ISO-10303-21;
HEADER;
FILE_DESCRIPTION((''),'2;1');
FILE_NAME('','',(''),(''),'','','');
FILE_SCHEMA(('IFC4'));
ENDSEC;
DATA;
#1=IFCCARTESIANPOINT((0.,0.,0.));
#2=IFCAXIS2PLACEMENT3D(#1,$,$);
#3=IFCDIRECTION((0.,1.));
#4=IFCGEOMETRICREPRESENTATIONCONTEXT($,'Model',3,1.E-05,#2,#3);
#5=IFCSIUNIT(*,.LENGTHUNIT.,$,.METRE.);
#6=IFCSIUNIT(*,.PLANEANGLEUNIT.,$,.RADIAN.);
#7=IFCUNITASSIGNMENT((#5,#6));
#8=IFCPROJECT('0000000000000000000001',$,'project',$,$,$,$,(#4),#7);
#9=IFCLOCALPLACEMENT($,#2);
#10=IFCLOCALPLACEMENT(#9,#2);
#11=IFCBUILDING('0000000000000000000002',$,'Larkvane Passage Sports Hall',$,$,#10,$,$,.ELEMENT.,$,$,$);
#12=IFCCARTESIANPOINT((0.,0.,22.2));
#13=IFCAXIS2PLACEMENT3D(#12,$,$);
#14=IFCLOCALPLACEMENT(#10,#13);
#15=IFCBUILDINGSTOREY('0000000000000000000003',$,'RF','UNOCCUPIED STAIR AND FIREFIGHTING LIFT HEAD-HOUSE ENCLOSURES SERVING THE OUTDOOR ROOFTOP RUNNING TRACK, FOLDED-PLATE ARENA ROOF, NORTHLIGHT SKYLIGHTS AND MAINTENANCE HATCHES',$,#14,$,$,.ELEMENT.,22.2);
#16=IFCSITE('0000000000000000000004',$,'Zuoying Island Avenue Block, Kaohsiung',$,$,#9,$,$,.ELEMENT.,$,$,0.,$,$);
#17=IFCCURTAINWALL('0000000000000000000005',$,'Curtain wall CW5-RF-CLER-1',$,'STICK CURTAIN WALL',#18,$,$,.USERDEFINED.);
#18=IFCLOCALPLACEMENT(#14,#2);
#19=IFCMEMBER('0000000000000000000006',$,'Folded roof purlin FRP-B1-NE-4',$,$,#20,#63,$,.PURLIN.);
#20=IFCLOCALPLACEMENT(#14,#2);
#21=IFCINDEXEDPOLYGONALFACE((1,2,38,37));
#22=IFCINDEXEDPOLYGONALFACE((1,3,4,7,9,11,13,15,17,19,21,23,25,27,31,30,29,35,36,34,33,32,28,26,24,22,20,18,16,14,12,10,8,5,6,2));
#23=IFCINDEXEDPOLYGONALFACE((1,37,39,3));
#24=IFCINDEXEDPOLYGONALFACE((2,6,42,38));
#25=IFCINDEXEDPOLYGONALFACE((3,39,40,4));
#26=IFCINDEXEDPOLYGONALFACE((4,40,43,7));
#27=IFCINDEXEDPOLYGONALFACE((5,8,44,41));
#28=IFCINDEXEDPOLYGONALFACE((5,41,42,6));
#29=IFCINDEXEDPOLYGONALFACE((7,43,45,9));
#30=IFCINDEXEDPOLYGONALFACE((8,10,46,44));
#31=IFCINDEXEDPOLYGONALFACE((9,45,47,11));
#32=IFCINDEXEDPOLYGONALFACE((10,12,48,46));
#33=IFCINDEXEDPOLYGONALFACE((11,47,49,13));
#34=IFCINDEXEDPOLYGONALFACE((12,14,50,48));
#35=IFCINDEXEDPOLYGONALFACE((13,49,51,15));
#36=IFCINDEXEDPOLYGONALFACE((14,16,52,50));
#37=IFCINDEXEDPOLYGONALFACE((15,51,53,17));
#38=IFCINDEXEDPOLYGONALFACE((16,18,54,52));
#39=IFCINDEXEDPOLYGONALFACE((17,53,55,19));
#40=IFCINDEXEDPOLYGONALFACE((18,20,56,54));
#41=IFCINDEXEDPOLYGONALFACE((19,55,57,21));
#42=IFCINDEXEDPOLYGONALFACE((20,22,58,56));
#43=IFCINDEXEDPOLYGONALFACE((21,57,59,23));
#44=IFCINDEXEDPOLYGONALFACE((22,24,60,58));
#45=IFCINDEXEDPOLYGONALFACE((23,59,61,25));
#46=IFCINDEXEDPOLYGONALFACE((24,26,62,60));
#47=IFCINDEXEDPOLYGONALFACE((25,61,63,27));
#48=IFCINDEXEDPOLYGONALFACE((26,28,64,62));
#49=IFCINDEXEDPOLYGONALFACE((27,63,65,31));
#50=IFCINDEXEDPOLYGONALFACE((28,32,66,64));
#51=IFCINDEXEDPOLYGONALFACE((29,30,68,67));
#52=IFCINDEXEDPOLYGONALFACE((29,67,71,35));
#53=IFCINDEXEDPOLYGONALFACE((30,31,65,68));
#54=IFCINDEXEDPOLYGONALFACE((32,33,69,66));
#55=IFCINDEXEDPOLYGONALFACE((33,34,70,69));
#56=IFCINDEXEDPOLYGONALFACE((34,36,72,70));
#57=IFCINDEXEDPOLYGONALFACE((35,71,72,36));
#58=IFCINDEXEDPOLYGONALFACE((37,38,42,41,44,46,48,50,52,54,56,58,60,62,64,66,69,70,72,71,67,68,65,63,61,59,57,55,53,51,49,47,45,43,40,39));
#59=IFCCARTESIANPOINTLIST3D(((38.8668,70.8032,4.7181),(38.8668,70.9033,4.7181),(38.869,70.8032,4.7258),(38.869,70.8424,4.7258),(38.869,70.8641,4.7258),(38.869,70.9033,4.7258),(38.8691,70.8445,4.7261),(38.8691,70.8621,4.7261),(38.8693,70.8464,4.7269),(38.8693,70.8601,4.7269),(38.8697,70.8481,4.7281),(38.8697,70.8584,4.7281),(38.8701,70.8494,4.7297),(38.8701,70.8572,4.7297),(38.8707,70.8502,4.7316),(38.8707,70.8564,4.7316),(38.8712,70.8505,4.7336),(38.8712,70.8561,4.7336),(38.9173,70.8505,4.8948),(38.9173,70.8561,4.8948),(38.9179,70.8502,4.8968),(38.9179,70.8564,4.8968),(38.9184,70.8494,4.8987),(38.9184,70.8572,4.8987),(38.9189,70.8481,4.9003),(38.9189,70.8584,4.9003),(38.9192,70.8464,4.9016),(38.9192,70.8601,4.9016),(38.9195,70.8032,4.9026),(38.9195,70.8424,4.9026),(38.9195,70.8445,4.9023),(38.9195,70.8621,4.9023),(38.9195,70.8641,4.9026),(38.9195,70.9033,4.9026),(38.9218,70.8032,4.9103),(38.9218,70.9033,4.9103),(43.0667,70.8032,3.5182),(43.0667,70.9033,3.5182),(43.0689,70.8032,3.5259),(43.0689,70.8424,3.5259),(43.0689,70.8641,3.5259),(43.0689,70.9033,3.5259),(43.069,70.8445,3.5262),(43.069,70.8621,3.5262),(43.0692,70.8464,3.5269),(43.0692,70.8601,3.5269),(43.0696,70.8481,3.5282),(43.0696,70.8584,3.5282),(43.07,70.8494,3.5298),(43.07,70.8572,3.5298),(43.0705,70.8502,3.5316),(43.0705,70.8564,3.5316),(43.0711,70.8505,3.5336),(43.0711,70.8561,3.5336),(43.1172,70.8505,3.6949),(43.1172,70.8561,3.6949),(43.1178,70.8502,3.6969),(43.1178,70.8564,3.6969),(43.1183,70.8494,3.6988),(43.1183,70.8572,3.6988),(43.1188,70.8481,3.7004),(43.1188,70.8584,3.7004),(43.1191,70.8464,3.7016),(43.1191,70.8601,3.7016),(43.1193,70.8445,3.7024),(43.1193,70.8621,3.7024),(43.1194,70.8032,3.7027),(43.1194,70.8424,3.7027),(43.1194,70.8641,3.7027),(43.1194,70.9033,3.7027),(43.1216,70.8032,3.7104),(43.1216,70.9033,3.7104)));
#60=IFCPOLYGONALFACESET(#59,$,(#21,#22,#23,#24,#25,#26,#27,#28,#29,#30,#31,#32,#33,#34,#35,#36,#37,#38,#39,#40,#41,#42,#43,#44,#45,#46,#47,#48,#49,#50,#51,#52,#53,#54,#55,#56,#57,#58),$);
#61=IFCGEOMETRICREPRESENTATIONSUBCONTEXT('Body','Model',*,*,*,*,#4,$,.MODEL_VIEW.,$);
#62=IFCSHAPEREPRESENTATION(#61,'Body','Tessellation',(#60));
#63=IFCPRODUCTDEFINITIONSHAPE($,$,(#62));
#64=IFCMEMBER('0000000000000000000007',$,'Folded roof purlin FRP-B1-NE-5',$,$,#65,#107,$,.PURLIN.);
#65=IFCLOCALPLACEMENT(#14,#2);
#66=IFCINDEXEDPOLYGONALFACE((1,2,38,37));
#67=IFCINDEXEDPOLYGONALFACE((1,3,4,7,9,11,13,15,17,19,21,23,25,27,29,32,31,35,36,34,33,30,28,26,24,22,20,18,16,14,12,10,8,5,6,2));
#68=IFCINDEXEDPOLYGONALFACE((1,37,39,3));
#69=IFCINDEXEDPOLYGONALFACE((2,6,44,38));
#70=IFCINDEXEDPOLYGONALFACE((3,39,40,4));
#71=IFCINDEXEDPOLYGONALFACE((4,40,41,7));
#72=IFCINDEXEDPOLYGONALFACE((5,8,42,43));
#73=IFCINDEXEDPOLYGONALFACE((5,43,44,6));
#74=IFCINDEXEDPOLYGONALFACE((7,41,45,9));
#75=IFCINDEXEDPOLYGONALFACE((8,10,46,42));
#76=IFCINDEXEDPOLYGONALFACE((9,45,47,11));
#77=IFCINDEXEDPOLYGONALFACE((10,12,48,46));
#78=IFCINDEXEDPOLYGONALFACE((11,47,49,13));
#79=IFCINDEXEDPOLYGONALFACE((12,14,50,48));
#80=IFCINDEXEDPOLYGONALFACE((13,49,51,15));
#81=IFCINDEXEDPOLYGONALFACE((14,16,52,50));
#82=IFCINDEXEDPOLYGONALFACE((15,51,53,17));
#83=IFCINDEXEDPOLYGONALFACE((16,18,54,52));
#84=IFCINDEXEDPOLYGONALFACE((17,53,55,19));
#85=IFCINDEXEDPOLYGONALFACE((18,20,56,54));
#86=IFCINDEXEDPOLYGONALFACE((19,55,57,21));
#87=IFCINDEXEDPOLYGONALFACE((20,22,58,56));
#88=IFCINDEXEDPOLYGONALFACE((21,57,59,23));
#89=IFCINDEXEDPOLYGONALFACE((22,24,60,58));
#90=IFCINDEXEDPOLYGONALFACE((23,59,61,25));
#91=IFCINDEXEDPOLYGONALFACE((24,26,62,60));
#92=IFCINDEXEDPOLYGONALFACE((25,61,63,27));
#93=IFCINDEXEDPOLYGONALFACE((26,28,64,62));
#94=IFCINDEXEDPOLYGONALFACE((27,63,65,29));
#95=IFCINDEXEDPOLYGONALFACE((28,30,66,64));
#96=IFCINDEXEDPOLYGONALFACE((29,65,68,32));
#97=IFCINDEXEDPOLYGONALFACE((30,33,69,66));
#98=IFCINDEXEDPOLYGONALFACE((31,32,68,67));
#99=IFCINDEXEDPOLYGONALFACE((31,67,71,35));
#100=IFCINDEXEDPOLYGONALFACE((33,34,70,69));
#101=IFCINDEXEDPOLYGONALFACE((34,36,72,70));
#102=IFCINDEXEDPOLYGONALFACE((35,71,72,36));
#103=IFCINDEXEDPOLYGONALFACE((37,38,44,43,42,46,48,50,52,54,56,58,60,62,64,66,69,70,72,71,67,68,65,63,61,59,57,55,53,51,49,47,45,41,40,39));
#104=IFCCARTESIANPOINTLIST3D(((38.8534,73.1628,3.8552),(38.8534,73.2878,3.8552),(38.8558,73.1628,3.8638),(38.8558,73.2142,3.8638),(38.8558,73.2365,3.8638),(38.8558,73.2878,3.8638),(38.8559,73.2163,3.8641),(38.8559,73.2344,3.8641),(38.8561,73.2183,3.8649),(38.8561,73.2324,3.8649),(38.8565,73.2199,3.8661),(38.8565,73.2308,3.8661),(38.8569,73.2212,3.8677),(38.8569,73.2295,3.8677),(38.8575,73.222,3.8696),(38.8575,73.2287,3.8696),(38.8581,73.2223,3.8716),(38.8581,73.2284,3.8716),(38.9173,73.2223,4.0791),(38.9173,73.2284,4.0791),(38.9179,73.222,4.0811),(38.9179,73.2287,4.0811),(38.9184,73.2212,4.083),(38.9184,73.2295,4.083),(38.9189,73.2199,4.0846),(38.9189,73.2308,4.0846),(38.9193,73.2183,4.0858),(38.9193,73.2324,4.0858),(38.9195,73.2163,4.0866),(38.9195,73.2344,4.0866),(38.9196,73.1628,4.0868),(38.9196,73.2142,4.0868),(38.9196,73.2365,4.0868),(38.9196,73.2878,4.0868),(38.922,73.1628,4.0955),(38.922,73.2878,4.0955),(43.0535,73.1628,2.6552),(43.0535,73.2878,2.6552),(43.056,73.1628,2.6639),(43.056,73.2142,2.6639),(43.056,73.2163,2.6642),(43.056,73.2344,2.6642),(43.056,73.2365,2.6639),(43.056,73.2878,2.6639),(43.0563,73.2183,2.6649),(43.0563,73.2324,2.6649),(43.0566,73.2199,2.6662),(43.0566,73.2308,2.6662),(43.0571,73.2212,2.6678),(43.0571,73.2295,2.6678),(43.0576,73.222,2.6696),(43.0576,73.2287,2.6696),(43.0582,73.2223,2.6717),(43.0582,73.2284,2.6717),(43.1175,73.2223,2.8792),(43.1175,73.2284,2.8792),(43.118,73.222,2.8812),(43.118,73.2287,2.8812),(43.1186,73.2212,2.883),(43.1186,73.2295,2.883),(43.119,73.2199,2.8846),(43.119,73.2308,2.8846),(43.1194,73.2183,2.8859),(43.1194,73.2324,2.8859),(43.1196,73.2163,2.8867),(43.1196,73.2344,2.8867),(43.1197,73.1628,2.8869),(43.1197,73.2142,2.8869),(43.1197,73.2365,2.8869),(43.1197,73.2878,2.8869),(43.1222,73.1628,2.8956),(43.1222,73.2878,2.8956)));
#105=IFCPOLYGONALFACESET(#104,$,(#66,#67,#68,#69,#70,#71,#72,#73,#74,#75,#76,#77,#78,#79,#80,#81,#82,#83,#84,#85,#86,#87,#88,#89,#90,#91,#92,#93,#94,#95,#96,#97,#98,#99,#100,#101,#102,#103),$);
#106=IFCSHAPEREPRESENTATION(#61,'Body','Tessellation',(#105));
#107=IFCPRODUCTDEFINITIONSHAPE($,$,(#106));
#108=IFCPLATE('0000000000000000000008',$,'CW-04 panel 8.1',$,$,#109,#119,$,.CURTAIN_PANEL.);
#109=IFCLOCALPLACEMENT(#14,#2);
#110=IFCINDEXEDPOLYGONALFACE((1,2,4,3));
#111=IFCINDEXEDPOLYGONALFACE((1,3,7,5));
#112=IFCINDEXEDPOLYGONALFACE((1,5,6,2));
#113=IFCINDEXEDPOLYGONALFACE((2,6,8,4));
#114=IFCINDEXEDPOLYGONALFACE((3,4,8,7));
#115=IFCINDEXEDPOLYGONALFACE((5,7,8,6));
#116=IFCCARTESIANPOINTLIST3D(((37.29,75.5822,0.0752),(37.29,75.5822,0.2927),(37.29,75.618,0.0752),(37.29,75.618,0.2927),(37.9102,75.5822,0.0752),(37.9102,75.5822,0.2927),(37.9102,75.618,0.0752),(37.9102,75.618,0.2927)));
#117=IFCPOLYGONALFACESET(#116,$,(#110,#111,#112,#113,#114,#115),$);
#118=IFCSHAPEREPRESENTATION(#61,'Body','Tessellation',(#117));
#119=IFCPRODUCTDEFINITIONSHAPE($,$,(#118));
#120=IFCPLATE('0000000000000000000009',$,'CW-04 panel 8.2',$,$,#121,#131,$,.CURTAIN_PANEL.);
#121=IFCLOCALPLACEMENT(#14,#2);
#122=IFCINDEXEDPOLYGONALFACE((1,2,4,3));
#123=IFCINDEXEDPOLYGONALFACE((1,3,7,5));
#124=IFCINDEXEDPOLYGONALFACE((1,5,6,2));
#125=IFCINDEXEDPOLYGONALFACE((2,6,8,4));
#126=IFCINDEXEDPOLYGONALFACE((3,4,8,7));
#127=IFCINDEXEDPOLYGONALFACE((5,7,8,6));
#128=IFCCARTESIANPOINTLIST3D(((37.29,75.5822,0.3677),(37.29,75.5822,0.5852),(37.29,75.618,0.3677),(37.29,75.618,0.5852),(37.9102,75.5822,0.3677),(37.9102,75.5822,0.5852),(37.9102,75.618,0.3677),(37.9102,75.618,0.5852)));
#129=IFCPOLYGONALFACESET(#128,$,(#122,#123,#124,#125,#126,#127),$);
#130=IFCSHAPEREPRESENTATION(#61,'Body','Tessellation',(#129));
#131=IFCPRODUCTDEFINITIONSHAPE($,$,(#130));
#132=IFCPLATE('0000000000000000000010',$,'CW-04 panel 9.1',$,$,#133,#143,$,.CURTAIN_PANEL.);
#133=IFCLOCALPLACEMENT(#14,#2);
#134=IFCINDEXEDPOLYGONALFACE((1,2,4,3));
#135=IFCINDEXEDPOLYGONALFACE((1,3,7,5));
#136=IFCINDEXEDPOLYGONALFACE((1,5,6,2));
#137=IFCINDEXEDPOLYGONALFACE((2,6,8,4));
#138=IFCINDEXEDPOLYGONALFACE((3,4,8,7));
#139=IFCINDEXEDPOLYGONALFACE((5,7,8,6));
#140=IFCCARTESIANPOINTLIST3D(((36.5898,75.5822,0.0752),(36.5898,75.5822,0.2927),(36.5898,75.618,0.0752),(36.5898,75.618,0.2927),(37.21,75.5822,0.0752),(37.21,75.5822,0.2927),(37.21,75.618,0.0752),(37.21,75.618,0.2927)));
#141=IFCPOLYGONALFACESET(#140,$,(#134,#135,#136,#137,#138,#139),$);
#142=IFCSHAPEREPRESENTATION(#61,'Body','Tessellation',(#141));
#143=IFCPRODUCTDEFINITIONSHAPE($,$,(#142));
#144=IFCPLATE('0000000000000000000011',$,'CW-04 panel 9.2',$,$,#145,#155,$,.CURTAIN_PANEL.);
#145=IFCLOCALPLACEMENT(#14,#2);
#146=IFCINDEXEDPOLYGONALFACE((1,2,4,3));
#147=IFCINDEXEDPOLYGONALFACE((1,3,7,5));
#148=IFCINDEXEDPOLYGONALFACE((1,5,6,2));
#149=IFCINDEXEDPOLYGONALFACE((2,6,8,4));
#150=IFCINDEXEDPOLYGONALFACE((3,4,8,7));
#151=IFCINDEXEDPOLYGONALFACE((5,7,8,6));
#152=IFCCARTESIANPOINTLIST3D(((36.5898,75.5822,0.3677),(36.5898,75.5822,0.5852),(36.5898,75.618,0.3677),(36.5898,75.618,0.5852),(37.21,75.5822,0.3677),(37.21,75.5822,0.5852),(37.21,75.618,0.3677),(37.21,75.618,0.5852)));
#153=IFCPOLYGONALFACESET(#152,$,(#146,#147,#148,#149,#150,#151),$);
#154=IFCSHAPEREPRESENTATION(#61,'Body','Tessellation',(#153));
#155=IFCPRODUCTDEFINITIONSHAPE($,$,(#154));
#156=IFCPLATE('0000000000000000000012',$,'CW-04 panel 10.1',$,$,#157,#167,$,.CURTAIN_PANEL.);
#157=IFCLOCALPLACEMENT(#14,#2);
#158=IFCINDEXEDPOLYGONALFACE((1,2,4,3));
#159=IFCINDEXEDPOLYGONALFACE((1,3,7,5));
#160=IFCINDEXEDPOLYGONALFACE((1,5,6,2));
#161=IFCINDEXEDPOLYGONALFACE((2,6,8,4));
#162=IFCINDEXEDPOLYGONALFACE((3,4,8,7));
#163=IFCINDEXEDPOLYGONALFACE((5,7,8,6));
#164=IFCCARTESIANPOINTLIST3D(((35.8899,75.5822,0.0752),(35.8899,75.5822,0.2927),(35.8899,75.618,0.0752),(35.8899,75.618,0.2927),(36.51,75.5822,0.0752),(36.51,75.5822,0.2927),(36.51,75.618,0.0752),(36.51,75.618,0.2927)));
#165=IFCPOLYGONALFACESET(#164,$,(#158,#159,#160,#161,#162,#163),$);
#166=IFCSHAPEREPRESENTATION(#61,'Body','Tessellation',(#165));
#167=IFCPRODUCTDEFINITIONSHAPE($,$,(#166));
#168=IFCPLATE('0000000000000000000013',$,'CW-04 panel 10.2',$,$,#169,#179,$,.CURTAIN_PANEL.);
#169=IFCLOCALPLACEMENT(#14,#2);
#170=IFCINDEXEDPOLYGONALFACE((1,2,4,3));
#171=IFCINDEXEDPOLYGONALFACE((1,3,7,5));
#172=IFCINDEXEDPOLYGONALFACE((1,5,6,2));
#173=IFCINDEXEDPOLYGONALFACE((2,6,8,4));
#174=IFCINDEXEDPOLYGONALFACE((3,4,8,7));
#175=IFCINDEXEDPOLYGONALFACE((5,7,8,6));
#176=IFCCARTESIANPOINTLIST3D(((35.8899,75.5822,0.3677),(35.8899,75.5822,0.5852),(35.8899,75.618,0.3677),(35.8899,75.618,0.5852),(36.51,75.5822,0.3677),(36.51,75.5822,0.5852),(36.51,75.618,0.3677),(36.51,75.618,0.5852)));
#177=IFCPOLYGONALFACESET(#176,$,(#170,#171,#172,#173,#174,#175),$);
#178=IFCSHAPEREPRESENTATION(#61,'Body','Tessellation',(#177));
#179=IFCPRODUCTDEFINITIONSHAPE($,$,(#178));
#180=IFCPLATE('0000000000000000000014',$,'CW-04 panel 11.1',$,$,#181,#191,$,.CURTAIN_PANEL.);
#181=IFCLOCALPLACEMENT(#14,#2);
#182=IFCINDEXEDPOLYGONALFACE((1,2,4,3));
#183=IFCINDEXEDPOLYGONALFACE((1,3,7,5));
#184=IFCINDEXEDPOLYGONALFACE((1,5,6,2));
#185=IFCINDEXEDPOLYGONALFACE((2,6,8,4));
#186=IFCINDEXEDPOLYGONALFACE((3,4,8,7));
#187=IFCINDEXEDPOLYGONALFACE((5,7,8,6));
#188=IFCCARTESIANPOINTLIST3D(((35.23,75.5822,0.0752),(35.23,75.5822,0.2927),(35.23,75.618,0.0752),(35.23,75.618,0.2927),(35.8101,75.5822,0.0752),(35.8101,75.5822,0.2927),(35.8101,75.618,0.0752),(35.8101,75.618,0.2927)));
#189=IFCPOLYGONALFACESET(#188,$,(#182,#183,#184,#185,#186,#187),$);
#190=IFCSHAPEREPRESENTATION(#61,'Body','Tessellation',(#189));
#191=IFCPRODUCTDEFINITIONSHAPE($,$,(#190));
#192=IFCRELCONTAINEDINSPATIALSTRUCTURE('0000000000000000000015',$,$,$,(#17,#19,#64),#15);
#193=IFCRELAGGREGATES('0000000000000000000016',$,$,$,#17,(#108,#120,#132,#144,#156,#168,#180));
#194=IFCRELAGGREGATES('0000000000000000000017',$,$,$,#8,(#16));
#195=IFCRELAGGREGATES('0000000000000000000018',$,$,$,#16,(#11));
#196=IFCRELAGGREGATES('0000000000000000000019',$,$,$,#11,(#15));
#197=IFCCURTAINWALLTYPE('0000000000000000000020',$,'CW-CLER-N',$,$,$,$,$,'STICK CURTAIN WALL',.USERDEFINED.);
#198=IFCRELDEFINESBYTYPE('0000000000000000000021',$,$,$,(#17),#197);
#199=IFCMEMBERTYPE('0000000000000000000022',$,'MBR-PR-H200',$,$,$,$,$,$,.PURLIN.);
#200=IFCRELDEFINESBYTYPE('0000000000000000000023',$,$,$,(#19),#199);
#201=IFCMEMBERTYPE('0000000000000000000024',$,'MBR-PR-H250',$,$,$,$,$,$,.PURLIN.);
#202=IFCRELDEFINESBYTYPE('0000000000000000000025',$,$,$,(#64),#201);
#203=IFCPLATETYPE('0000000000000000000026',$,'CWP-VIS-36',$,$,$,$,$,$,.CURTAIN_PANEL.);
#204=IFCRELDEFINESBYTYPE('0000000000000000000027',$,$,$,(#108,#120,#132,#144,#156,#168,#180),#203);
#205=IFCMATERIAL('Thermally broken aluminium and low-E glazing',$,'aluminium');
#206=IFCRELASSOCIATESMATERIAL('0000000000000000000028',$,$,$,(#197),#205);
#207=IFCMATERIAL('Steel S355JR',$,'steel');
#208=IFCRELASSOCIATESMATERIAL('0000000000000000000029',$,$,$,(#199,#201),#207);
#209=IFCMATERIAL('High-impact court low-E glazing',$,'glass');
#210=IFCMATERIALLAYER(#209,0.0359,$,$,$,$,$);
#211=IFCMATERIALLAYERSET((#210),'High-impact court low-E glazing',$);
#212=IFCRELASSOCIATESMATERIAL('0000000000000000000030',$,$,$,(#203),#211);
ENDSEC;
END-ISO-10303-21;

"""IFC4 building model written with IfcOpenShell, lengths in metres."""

from ifc_helpers import new_model, si_unit, direction, frame, origin, origin_2d, place, context, subcontext, project, spatial, rectangle, i_section, extrude, material, layer, layer_set, material_profile, profile_set, type_object, element, aggregate, save


model = new_model("IFC4")

# Units and contexts
model_context = context("Model", 3, precision=1e-05, world=origin(), true_north=direction((0.0, 1.0)))
body_context = subcontext(model_context, "Body", "Model", "MODEL_VIEW")
ifc_project = project(units=[si_unit("LENGTHUNIT", "METRE"), si_unit("PLANEANGLEUNIT", "RADIAN")], contexts=[model_context])

# Site, building, storey
site_placement = place(None, origin())
site = spatial("IfcSite", under=ifc_project, at=site_placement, Name="Zuoying Island Avenue Block, Kaohsiung", CompositionType="ELEMENT", RefElevation=0.0)
building_placement = place(site_placement, origin())
building = spatial("IfcBuilding", under=site, at=building_placement, Name="Larkvane Passage Sports Hall", CompositionType="ELEMENT")
storey_placement = place(building_placement, frame((0.0, 0.0, 22.2)))
storey = spatial("IfcBuildingStorey", under=building, at=storey_placement, Name="RF", Description="UNOCCUPIED STAIR AND FIREFIGHTING LIFT HEAD-HOUSE ENCLOSURES SERVING THE OUTDOOR ROOFTOP RUNNING TRACK, FOLDED-PLATE ARENA ROOF, NORTHLIGHT SKYLIGHTS AND MAINTENANCE HATCHES", CompositionType="ELEMENT", Elevation=22.2)

# Curtain wall
ifc_material_1 = material(Name="Thermally broken aluminium and low-E glazing", Category="aluminium")
curtain_wall_type = type_object("IfcCurtainWallType", Name="CW-CLER-N", ElementType="STICK CURTAIN WALL", PredefinedType="USERDEFINED", material=ifc_material_1)
curtain_wall_placement = place(storey_placement, origin())
curtain_wall = element("IfcCurtainWall", 1, at=curtain_wall_placement, inside=storey, type_object=curtain_wall_type, Name="Curtain wall CW5-RF-CLER-1", ObjectType="STICK CURTAIN WALL", PredefinedType="USERDEFINED")

# Members
ifc_material_2 = material(Name="Steel S355JR", Category="steel")
ifc_material_profile_1 = material_profile(ifc_material_2, i_section(OverallWidth=0.1001, OverallDepth=0.2, WebThickness=0.0056, FlangeThickness=0.0081, FilletRadius=0.0081, at=origin_2d()), Name="H-200x100x5.5x8")
ifc_profile_set_1 = profile_set([ifc_material_profile_1], Name="Steel S355JR")
member_type_1 = type_object("IfcMemberType", Name="MBR-PR-H200", PredefinedType="PURLIN", material=ifc_profile_set_1)
member_1_placement = place(storey_placement, frame((38.8943, 70.8533, 4.8142), z_axis=(0.961526, 0.0, -0.274714), x_axis=(0.0, 1.0, 0.0)))
element("IfcMember", 2, at=member_1_placement, inside=storey, type_object=member_type_1, Name="Folded roof purlin FRP-B1-NE-4", PredefinedType="PURLIN", context=body_context, shape_type="SweptSolid", body=[
    extrude(i_section(OverallWidth=0.1001, OverallDepth=0.2, WebThickness=0.0056, FlangeThickness=0.0081, FilletRadius=0.0081, at=origin_2d()), origin(), (0.0, 0.0, 1.0), 4.3679),
])
ifc_material_profile_2 = material_profile(ifc_material_2, i_section(OverallWidth=0.125, OverallDepth=0.25, WebThickness=0.0061, FlangeThickness=0.009, FilletRadius=0.0081, at=origin_2d()), Name="H-250x125x6x9")
ifc_profile_set_2 = profile_set([ifc_material_profile_2], Name="Steel S355JR")
member_type_2 = type_object("IfcMemberType", Name="MBR-PR-H250", PredefinedType="PURLIN", material=ifc_profile_set_2)
member_2_placement = place(storey_placement, frame((38.8877, 73.2253, 3.9753), z_axis=(0.96153, 0.0, -0.274699), x_axis=(0.0, 1.0, 0.0)))
element("IfcMember", 3, at=member_2_placement, inside=storey, type_object=member_type_2, Name="Folded roof purlin FRP-B1-NE-5", PredefinedType="PURLIN", context=body_context, shape_type="SweptSolid", body=[
    extrude(i_section(OverallWidth=0.125, OverallDepth=0.25, WebThickness=0.0061, FlangeThickness=0.009, FilletRadius=0.0081, at=origin_2d()), origin(), (0.0, 0.0, 1.0), 4.3682),
])

# Plates
ifc_material_3 = material(Name="High-impact court low-E glazing", Category="glass")
ifc_layer = layer(ifc_material_3, 0.0359)
ifc_layer_set = layer_set([ifc_layer], Name="High-impact court low-E glazing")
plate_type = type_object("IfcPlateType", Name="CWP-VIS-36", PredefinedType="CURTAIN_PANEL", material=ifc_layer_set)
plate_1_placement = place(storey_placement, frame((37.6001, 75.6001, 0.0752), z_axis=(0.0, 0.0, 1.0), x_axis=(-1.0, 0.0, 0.0)))
plate_1 = element("IfcPlate", 4, at=plate_1_placement, type_object=plate_type, Name="CW-04 panel 8.1", PredefinedType="CURTAIN_PANEL", context=body_context, shape_type="SweptSolid", body=[
    extrude(rectangle(XDim=0.6201, YDim=0.0359, at=origin_2d()), origin(), (0.0, 0.0, 1.0), 0.2175),
])
plate_2_placement = place(storey_placement, frame((37.6001, 75.6001, 0.3677), z_axis=(0.0, 0.0, 1.0), x_axis=(-1.0, 0.0, 0.0)))
plate_2 = element("IfcPlate", 5, at=plate_2_placement, type_object=plate_type, Name="CW-04 panel 8.2", PredefinedType="CURTAIN_PANEL", context=body_context, shape_type="SweptSolid", body=[
    extrude(rectangle(XDim=0.6201, YDim=0.0359, at=origin_2d()), origin(), (0.0, 0.0, 1.0), 0.2175),
])
plate_3_placement = place(storey_placement, frame((36.8999, 75.6001, 0.0752), z_axis=(0.0, 0.0, 1.0), x_axis=(-1.0, 0.0, 0.0)))
plate_3 = element("IfcPlate", 6, at=plate_3_placement, type_object=plate_type, Name="CW-04 panel 9.1", PredefinedType="CURTAIN_PANEL", context=body_context, shape_type="SweptSolid", body=[
    extrude(rectangle(XDim=0.6201, YDim=0.0359, at=origin_2d()), origin(), (0.0, 0.0, 1.0), 0.2175),
])
plate_4_placement = place(storey_placement, frame((36.8999, 75.6001, 0.3677), z_axis=(0.0, 0.0, 1.0), x_axis=(-1.0, 0.0, 0.0)))
plate_4 = element("IfcPlate", 7, at=plate_4_placement, type_object=plate_type, Name="CW-04 panel 9.2", PredefinedType="CURTAIN_PANEL", context=body_context, shape_type="SweptSolid", body=[
    extrude(rectangle(XDim=0.6201, YDim=0.0359, at=origin_2d()), origin(), (0.0, 0.0, 1.0), 0.2175),
])
plate_5_placement = place(storey_placement, frame((36.2, 75.6001, 0.0752), z_axis=(0.0, 0.0, 1.0), x_axis=(-1.0, 0.0, 0.0)))
plate_5 = element("IfcPlate", 8, at=plate_5_placement, type_object=plate_type, Name="CW-04 panel 10.1", PredefinedType="CURTAIN_PANEL", context=body_context, shape_type="SweptSolid", body=[
    extrude(rectangle(XDim=0.6201, YDim=0.0359, at=origin_2d()), origin(), (0.0, 0.0, 1.0), 0.2175),
])
plate_6_placement = place(storey_placement, frame((36.2, 75.6001, 0.3677), z_axis=(0.0, 0.0, 1.0), x_axis=(-1.0, 0.0, 0.0)))
plate_6 = element("IfcPlate", 9, at=plate_6_placement, type_object=plate_type, Name="CW-04 panel 10.2", PredefinedType="CURTAIN_PANEL", context=body_context, shape_type="SweptSolid", body=[
    extrude(rectangle(XDim=0.6201, YDim=0.0359, at=origin_2d()), origin(), (0.0, 0.0, 1.0), 0.2175),
])
plate_7_placement = place(storey_placement, frame((35.52, 75.6001, 0.0752), z_axis=(0.0, 0.0, 1.0), x_axis=(-1.0, 0.0, 0.0)))
plate_7 = element("IfcPlate", 10, at=plate_7_placement, type_object=plate_type, Name="CW-04 panel 11.1", PredefinedType="CURTAIN_PANEL", context=body_context, shape_type="SweptSolid", body=[
    extrude(rectangle(XDim=0.5801, YDim=0.0359, at=origin_2d()), origin(), (0.0, 0.0, 1.0), 0.2175),
])
aggregate(curtain_wall, [plate_1, plate_2, plate_3, plate_4, plate_5, plate_6, plate_7])

save(model, "model.ifc")
